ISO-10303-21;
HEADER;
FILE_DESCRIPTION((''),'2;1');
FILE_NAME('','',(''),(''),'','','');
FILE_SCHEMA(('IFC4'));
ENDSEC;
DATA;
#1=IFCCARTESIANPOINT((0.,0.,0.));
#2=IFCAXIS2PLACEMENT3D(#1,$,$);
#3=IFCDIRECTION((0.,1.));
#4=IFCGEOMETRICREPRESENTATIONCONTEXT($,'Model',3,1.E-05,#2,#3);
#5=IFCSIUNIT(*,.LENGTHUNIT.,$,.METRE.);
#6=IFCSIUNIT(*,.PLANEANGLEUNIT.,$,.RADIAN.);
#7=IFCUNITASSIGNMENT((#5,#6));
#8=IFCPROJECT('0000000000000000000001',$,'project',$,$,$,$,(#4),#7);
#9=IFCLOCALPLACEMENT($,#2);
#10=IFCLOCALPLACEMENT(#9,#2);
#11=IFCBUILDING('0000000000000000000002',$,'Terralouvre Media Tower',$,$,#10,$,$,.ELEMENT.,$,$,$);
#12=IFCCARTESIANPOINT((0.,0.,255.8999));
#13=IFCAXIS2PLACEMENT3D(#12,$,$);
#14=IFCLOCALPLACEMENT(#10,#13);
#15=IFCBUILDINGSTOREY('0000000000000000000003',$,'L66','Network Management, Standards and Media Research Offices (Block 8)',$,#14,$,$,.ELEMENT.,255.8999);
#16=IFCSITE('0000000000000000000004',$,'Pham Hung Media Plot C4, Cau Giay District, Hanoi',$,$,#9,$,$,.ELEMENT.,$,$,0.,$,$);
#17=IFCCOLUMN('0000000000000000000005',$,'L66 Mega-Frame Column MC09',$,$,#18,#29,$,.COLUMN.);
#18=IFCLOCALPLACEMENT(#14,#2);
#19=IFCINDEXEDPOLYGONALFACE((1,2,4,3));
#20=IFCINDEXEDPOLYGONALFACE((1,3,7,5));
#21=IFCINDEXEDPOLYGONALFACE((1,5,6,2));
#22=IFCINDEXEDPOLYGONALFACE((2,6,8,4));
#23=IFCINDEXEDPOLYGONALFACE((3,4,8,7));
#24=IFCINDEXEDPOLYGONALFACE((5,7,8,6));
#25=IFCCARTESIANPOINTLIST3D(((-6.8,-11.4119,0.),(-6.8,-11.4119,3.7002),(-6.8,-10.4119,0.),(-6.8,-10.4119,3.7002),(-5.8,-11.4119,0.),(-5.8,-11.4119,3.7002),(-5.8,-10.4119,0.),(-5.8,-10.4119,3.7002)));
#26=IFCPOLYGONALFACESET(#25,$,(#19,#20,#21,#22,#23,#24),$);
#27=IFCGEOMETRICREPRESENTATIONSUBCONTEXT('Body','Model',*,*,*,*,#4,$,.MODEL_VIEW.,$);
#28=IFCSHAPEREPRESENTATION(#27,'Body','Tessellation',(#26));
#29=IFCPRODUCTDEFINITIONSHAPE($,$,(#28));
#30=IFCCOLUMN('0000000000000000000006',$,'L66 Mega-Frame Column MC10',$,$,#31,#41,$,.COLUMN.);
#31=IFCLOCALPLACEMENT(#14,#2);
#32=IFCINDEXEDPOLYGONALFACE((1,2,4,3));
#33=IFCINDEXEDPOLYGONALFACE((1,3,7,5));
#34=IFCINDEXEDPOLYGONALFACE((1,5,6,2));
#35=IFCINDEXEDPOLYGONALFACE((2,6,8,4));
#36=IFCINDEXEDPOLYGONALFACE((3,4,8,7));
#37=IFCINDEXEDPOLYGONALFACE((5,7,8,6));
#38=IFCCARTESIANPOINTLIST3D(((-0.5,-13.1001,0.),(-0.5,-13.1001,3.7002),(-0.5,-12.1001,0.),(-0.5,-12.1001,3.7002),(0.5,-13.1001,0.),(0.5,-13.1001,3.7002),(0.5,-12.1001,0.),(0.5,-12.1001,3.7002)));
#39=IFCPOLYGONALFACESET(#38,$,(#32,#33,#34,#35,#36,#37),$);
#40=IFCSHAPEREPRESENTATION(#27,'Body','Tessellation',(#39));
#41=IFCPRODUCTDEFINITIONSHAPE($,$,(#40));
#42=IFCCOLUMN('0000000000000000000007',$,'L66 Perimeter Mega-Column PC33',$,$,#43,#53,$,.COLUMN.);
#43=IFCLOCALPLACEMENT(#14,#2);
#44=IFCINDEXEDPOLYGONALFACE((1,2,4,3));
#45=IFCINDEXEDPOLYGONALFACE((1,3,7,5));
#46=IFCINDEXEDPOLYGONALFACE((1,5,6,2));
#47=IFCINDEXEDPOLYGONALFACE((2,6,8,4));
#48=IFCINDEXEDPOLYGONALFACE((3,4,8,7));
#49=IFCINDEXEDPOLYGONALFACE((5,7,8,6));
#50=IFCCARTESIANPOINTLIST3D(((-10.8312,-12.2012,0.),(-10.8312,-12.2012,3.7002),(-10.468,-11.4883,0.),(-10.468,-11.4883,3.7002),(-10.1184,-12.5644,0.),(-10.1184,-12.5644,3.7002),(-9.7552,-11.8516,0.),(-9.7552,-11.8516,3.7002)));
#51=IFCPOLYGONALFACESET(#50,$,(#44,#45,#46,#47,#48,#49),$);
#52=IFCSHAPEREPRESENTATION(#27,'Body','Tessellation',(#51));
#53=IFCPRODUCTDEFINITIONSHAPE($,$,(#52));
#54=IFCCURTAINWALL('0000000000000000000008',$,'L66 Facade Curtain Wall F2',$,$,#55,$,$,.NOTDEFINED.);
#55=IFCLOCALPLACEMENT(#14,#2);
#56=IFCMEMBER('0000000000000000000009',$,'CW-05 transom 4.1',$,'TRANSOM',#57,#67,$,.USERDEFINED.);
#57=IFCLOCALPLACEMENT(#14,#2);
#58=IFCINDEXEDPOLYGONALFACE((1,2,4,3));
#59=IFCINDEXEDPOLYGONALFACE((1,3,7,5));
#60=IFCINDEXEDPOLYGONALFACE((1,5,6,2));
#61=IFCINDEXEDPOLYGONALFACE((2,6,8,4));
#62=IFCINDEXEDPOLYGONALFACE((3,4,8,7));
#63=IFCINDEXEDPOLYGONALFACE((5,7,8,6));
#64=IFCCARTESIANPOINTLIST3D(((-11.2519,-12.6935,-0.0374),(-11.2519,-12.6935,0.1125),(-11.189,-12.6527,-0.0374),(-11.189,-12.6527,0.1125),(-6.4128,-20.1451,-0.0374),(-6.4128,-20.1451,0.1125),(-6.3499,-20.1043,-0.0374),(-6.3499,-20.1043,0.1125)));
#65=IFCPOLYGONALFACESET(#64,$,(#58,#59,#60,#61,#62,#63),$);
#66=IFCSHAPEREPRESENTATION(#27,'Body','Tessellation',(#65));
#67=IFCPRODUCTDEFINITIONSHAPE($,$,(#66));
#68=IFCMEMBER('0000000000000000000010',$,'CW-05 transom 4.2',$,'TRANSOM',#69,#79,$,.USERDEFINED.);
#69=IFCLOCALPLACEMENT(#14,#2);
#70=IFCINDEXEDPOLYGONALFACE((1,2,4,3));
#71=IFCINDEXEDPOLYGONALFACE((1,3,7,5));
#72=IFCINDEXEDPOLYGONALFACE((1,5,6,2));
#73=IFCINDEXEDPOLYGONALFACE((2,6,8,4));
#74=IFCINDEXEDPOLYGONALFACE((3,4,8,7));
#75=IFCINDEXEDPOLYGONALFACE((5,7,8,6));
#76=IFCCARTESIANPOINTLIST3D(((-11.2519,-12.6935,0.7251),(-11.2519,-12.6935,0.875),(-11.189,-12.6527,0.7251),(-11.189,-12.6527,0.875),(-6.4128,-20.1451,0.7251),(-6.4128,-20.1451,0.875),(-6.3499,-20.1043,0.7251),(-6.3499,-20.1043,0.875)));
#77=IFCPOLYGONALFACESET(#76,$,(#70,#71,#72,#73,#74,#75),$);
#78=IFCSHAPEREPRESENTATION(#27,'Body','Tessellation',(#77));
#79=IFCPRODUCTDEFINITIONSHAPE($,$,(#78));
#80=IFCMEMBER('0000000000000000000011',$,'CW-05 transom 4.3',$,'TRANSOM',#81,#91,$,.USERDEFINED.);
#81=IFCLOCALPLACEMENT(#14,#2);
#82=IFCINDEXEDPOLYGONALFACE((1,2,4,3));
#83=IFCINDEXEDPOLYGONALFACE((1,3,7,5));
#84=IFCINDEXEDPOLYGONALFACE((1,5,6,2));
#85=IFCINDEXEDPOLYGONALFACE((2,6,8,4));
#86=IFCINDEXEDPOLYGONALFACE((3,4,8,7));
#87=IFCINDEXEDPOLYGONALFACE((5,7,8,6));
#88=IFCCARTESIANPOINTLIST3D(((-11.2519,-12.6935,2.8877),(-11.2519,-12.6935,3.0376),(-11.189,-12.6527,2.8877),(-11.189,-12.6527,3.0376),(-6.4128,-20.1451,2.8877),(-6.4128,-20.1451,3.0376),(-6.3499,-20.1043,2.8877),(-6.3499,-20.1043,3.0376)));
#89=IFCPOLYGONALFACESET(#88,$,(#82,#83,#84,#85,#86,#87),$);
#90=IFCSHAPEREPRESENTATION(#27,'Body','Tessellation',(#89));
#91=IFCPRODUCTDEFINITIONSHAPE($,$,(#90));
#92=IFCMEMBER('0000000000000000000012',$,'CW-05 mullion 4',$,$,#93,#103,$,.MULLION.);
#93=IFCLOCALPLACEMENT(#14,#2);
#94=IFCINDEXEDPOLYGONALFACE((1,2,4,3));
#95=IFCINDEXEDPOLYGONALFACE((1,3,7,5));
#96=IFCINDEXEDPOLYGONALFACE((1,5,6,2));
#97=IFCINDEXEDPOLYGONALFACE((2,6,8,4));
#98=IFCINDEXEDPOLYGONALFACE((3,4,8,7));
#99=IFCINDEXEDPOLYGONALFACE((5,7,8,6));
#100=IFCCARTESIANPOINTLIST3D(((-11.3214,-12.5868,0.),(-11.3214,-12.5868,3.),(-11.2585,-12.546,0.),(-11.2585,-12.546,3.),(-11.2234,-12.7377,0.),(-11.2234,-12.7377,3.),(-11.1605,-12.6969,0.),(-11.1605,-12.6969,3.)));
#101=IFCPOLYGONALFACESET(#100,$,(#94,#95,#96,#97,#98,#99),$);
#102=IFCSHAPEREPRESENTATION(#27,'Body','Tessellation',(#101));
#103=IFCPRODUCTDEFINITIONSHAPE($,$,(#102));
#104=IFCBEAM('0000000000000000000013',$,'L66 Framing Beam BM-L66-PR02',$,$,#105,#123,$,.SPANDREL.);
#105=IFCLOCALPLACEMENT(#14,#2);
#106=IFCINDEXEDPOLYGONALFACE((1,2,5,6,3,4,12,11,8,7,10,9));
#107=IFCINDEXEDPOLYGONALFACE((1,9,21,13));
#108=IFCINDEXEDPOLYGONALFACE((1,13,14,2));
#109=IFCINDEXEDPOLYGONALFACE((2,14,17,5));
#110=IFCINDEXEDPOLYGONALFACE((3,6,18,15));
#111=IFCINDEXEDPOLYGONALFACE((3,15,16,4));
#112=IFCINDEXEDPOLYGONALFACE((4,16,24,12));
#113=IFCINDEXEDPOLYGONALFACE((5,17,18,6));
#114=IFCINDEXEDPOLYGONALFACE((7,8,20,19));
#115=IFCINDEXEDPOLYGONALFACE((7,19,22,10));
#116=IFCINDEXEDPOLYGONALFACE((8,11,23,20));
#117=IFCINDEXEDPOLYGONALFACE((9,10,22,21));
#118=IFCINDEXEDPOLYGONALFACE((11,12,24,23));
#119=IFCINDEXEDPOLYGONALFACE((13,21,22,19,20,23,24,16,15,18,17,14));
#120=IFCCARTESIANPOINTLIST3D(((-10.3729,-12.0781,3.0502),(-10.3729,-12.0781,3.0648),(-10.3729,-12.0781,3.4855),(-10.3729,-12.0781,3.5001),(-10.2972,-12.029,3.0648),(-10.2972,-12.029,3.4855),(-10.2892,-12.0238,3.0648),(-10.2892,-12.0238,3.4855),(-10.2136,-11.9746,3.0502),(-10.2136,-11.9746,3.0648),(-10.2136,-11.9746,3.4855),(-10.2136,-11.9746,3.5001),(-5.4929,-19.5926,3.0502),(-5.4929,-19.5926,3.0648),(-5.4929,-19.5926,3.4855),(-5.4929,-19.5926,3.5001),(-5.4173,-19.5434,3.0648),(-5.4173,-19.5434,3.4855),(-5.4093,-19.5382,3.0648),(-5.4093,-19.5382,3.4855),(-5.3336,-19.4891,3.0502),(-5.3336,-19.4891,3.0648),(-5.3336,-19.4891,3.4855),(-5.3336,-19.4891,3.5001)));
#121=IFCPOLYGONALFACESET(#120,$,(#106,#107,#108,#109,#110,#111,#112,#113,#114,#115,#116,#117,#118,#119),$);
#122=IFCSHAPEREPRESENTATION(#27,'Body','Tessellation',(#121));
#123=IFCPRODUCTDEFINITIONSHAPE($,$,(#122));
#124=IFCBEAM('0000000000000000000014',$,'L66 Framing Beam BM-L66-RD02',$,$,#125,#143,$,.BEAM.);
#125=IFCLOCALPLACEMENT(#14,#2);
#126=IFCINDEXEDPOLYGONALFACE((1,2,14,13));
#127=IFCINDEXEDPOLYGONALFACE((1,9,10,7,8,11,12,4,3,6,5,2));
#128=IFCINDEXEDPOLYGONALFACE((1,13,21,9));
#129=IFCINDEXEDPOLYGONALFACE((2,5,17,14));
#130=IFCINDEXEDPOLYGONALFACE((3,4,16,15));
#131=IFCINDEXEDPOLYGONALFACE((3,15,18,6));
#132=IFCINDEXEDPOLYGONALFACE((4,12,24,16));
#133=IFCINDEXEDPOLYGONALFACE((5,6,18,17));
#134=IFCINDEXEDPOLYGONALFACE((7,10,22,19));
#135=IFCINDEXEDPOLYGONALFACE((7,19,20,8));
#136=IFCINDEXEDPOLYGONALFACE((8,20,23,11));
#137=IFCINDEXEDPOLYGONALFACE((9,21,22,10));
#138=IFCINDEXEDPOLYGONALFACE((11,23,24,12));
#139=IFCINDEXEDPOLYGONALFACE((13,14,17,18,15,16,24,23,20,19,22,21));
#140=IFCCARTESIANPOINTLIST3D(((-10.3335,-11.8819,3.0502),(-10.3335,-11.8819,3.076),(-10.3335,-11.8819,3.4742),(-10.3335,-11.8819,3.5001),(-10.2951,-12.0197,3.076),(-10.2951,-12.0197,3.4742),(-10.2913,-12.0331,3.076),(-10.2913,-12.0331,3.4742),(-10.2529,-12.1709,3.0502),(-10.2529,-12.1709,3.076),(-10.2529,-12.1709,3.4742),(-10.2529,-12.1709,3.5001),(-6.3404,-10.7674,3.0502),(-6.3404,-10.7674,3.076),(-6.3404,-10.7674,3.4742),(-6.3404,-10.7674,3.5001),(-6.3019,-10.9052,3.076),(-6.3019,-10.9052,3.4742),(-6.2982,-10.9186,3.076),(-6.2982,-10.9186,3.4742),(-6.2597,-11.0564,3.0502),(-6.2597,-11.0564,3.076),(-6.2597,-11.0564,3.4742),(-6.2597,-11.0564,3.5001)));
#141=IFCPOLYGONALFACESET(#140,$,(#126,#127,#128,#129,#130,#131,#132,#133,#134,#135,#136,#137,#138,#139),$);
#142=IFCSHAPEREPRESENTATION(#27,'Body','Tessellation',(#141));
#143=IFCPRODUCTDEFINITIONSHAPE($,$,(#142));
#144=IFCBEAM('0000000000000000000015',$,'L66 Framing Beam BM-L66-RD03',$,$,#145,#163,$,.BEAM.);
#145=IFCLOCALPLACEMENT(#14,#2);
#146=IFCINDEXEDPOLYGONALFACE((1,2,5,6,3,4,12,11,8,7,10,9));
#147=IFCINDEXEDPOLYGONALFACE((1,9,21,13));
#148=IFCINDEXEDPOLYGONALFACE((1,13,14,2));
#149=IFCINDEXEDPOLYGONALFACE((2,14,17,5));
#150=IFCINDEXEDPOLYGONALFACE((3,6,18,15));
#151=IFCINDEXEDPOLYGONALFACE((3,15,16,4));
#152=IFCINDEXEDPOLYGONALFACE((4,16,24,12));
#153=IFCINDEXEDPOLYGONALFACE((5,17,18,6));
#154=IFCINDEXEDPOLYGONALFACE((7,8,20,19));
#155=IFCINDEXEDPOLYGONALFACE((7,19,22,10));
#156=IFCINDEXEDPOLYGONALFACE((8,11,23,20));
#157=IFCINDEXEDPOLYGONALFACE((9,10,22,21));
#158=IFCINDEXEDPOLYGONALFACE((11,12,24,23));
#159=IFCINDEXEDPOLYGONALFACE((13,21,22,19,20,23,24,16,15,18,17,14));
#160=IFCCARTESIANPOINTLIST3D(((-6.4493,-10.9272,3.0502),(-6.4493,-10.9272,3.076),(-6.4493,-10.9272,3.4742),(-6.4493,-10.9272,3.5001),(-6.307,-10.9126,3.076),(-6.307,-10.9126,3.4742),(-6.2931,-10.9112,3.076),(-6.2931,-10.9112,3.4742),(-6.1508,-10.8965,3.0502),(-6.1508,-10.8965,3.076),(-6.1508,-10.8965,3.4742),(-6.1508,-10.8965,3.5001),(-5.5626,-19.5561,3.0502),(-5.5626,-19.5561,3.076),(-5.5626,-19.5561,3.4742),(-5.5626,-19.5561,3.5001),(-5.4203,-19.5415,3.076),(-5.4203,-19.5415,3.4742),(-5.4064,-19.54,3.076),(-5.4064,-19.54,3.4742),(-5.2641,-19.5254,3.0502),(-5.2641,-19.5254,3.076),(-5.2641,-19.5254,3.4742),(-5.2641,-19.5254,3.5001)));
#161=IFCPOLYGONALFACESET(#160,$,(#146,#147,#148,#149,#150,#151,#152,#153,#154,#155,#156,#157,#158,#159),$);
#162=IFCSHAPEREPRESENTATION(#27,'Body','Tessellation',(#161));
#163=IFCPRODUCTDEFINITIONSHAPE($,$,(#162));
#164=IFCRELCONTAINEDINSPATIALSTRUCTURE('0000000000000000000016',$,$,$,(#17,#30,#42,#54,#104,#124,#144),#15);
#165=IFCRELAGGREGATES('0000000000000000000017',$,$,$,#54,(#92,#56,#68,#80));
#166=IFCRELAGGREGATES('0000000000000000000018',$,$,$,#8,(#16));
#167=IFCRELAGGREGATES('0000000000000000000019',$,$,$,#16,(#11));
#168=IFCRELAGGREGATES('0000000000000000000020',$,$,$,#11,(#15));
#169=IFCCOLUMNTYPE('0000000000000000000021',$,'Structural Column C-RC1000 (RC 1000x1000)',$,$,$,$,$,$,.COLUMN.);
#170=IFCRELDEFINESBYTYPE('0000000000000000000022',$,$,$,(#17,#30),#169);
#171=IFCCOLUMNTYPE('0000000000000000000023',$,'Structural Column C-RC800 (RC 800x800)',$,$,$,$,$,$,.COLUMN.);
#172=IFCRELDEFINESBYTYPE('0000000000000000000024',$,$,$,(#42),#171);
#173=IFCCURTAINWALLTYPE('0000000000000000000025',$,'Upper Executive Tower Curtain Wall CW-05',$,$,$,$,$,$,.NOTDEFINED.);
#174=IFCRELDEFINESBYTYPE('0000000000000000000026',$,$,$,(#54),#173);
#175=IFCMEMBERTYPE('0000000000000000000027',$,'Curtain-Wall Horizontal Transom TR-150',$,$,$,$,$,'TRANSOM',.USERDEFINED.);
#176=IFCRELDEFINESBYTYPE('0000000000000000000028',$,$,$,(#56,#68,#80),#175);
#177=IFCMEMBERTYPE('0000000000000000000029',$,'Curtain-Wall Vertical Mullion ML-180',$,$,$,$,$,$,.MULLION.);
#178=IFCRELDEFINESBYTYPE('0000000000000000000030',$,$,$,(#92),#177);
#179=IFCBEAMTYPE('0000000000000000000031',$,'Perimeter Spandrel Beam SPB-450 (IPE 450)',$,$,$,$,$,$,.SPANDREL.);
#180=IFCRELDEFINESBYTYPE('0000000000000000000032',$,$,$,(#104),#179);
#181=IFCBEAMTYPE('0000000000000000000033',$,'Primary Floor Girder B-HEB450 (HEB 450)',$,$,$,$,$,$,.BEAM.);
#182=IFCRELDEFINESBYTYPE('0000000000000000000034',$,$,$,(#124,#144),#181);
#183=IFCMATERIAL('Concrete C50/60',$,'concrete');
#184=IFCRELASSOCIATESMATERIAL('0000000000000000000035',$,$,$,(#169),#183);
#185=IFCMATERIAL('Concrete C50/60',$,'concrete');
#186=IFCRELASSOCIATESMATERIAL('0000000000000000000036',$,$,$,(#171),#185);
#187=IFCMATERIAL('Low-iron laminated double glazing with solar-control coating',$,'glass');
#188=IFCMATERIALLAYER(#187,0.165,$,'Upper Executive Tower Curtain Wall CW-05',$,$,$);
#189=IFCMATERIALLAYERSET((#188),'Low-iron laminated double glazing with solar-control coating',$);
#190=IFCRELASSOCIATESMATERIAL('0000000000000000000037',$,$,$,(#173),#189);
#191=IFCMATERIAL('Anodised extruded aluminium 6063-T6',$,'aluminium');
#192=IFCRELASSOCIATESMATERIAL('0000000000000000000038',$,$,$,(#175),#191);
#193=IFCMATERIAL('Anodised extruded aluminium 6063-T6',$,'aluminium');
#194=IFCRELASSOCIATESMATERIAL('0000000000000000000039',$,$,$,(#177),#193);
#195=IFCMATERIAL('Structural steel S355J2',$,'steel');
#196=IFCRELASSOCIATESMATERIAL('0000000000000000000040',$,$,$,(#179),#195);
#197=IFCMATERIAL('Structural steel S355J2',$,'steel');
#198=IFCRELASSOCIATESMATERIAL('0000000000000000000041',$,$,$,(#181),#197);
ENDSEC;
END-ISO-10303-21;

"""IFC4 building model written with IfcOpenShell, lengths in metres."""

from ifc_helpers import new_model, si_unit, direction, frame, origin, origin_2d, place, context, subcontext, project, spatial, rectangle, i_section, extrude, material, layer, layer_set, material_profile, profile_set, type_object, element, aggregate, save


model = new_model("IFC4")

# Units and contexts
model_context = context("Model", 3, precision=1e-05, world=origin(), true_north=direction((0.0, 1.0)))
body_context = subcontext(model_context, "Body", "Model", "MODEL_VIEW")
ifc_project = project(units=[si_unit("LENGTHUNIT", "METRE"), si_unit("PLANEANGLEUNIT", "RADIAN")], contexts=[model_context])

# Site, building, storey
site_placement = place(None, origin())
site = spatial("IfcSite", under=ifc_project, at=site_placement, Name="Pham Hung Media Plot C4, Cau Giay District, Hanoi", CompositionType="ELEMENT", RefElevation=0.0)
building_placement = place(site_placement, origin())
building = spatial("IfcBuilding", under=site, at=building_placement, Name="Terralouvre Media Tower", CompositionType="ELEMENT")
storey_placement = place(building_placement, frame((0.0, 0.0, 255.8999)))
storey = spatial("IfcBuildingStorey", under=building, at=storey_placement, Name="L66", Description="Network Management, Standards and Media Research Offices (Block 8)", CompositionType="ELEMENT", Elevation=255.8999)

# Columns
ifc_material_1 = material(Name="Concrete C50/60", Category="concrete")
ifc_material_profile_1 = material_profile(ifc_material_1, rectangle(XDim=1.0, YDim=1.0, at=origin_2d()), Name="RC 1000x1000")
ifc_profile_set_1 = profile_set([ifc_material_profile_1], Name="Concrete C50/60")
column_type_1 = type_object("IfcColumnType", Name="Structural Column C-RC1000 (RC 1000x1000)", PredefinedType="COLUMN", material=ifc_profile_set_1)
for number, where, z_axis, x_axis, name in (
    (1, (-6.3, -10.9119, 0.0), (0.0, 0.0, 1.0), (1.0, 0.0, 0.0), "L66 Mega-Frame Column MC09"),
    (2, (0.0, -12.6001, 0.0), (0.0, 0.0, 1.0), (1.0, 0.0, 0.0), "L66 Mega-Frame Column MC10"),
):
    element("IfcColumn", number, at=place(storey_placement, frame(where, z_axis=z_axis, x_axis=x_axis)), inside=storey, type_object=column_type_1, Name=name, PredefinedType="COLUMN", context=body_context, shape_type="SweptSolid", body=[
        extrude(rectangle(XDim=1.0, YDim=1.0, at=origin_2d()), origin(), (0.0, 0.0, 1.0), 3.7002),
    ])
ifc_material_2 = material(Name="Concrete C50/60", Category="concrete")
ifc_material_profile_2 = material_profile(ifc_material_2, rectangle(XDim=0.8, YDim=0.8, at=origin_2d()), Name="RC 800x800")
ifc_profile_set_2 = profile_set([ifc_material_profile_2], Name="Concrete C50/60")
column_type_2 = type_object("IfcColumnType", Name="Structural Column C-RC800 (RC 800x800)", PredefinedType="COLUMN", material=ifc_profile_set_2)
column_placement = place(storey_placement, frame((-10.2932, -12.0264, 0.0), z_axis=(0.0, 0.0, 1.0), x_axis=(0.45399, 0.891007, 0.0)))
element("IfcColumn", 3, at=column_placement, inside=storey, type_object=column_type_2, Name="L66 Perimeter Mega-Column PC33", PredefinedType="COLUMN", context=body_context, shape_type="SweptSolid", body=[
    extrude(rectangle(XDim=0.8, YDim=0.8, at=origin_2d()), origin(), (0.0, 0.0, 1.0), 3.7002),
])

# Curtain wall, members
ifc_material_3 = material(Name="Low-iron laminated double glazing with solar-control coating", Category="glass")
ifc_layer_1 = layer(ifc_material_3, 0.165, Name="Upper Executive Tower Curtain Wall CW-05")
ifc_layer_set_1 = layer_set([ifc_layer_1], Name="Low-iron laminated double glazing with solar-control coating")
curtain_wall_type = type_object("IfcCurtainWallType", Name="Upper Executive Tower Curtain Wall CW-05", PredefinedType="NOTDEFINED", material=ifc_layer_set_1)
curtain_wall_placement = place(storey_placement, origin())
curtain_wall = element("IfcCurtainWall", 4, at=curtain_wall_placement, inside=storey, type_object=curtain_wall_type, Name="L66 Facade Curtain Wall F2", PredefinedType="NOTDEFINED")
ifc_material_4 = material(Name="Anodised extruded aluminium 6063-T6", Category="aluminium")
ifc_material_profile_3 = material_profile(ifc_material_4, rectangle(XDim=0.075, YDim=0.1499, at=origin_2d()), Name="ALU 75x150")
ifc_profile_set_3 = profile_set([ifc_material_profile_3], Name="Anodised extruded aluminium 6063-T6")
member_type_1 = type_object("IfcMemberType", Name="Curtain-Wall Horizontal Transom TR-150", ElementType="TRANSOM", PredefinedType="USERDEFINED", material=ifc_profile_set_3)
member_1_placement = place(storey_placement, frame((-11.2205, -12.6731, 0.0376), z_axis=(0.544635, -0.838673, 0.0), x_axis=(0.838673, 0.544635, 0.0)))
member_1 = element("IfcMember", 5, at=member_1_placement, type_object=member_type_1, Name="CW-05 transom 4.1", ObjectType="TRANSOM", PredefinedType="USERDEFINED", context=body_context, shape_type="SweptSolid", body=[
    extrude(rectangle(XDim=0.075, YDim=0.1499, at=origin_2d()), origin(), (0.0, 0.0, 1.0), 8.885),
])
member_2_placement = place(storey_placement, frame((-11.2205, -12.6731, 0.8), z_axis=(0.544635, -0.838673, 0.0), x_axis=(0.838673, 0.544635, 0.0)))
member_2 = element("IfcMember", 6, at=member_2_placement, type_object=member_type_1, Name="CW-05 transom 4.2", ObjectType="TRANSOM", PredefinedType="USERDEFINED", context=body_context, shape_type="SweptSolid", body=[
    extrude(rectangle(XDim=0.075, YDim=0.1499, at=origin_2d()), origin(), (0.0, 0.0, 1.0), 8.885),
])
member_3_placement = place(storey_placement, frame((-11.2205, -12.6731, 2.9626), z_axis=(0.544635, -0.838673, 0.0), x_axis=(0.838673, 0.544635, 0.0)))
member_3 = element("IfcMember", 7, at=member_3_placement, type_object=member_type_1, Name="CW-05 transom 4.3", ObjectType="TRANSOM", PredefinedType="USERDEFINED", context=body_context, shape_type="SweptSolid", body=[
    extrude(rectangle(XDim=0.075, YDim=0.1499, at=origin_2d()), origin(), (0.0, 0.0, 1.0), 8.885),
])
ifc_material_5 = material(Name="Anodised extruded aluminium 6063-T6", Category="aluminium")
ifc_material_profile_4 = material_profile(ifc_material_5, rectangle(XDim=0.075, YDim=0.1799, at=origin_2d()), Name="ALU 75x180")
ifc_profile_set_4 = profile_set([ifc_material_profile_4], Name="Anodised extruded aluminium 6063-T6")
member_type_2 = type_object("IfcMemberType", Name="Curtain-Wall Vertical Mullion ML-180", PredefinedType="MULLION", material=ifc_profile_set_4)
member_4_placement = place(storey_placement, frame((-11.241, -12.6418, 0.0), z_axis=(0.0, 0.0, 1.0), x_axis=(0.838671, 0.544639, 0.0)))
member_4 = element("IfcMember", 8, at=member_4_placement, type_object=member_type_2, Name="CW-05 mullion 4", PredefinedType="MULLION", context=body_context, shape_type="SweptSolid", body=[
    extrude(rectangle(XDim=0.075, YDim=0.1799, at=origin_2d()), origin(), (0.0, 0.0, 1.0), 3.0),
])
aggregate(curtain_wall, [member_4, member_1, member_2, member_3])

# Beams
ifc_material_6 = material(Name="Structural steel S355J2", Category="steel")
ifc_material_profile_5 = material_profile(ifc_material_6, i_section(OverallWidth=0.1899, OverallDepth=0.45, WebThickness=0.0095, FlangeThickness=0.0146, at=origin_2d()), Name="IPE 450")
ifc_profile_set_5 = profile_set([ifc_material_profile_5], Name="Structural steel S355J2")
beam_type_1 = type_object("IfcBeamType", Name="Perimeter Spandrel Beam SPB-450 (IPE 450)", PredefinedType="SPANDREL", material=ifc_profile_set_5)
beam_1_placement = place(storey_placement, frame((-10.2932, -12.0264, 3.2751), z_axis=(0.544637, -0.838672, 0.0), x_axis=(0.838672, 0.544637, 0.0)))
element("IfcBeam", 9, at=beam_1_placement, inside=storey, type_object=beam_type_1, Name="L66 Framing Beam BM-L66-PR02", PredefinedType="SPANDREL", context=body_context, shape_type="SweptSolid", body=[
    extrude(i_section(OverallWidth=0.1899, OverallDepth=0.45, WebThickness=0.0095, FlangeThickness=0.0146, at=origin_2d()), origin(), (0.0, 0.0, 1.0), 8.96),
])
ifc_material_7 = material(Name="Structural steel S355J2", Category="steel")
ifc_material_profile_6 = material_profile(ifc_material_7, i_section(OverallWidth=0.3, OverallDepth=0.45, WebThickness=0.0139, FlangeThickness=0.0259, at=origin_2d()), Name="HEB 450")
ifc_profile_set_6 = profile_set([ifc_material_profile_6], Name="Structural steel S355J2")
beam_type_2 = type_object("IfcBeamType", Name="Primary Floor Girder B-HEB450 (HEB 450)", PredefinedType="BEAM", material=ifc_profile_set_6)
beam_2_placement = place(storey_placement, frame((-6.3, -10.9119, 3.2751), z_axis=(-0.963188, -0.268828, 0.0), x_axis=(0.268828, -0.963188, 0.0)))
element("IfcBeam", 10, at=beam_2_placement, inside=storey, type_object=beam_type_2, Name="L66 Framing Beam BM-L66-RD02", PredefinedType="BEAM", context=body_context, shape_type="SweptSolid", body=[
    extrude(i_section(OverallWidth=0.3, OverallDepth=0.45, WebThickness=0.0139, FlangeThickness=0.0259, at=origin_2d()), origin(), (0.0, 0.0, 1.0), 4.1458),
])
beam_3_placement = place(storey_placement, frame((-6.3, -10.9119, 3.2751), z_axis=(0.102223, -0.994761, 0.0), x_axis=(0.994761, 0.102223, 0.0)))
element("IfcBeam", 11, at=beam_3_placement, inside=storey, type_object=beam_type_2, Name="L66 Framing Beam BM-L66-RD03", PredefinedType="BEAM", context=body_context, shape_type="SweptSolid", body=[
    extrude(i_section(OverallWidth=0.3, OverallDepth=0.45, WebThickness=0.0139, FlangeThickness=0.0259, at=origin_2d()), origin(), (0.0, 0.0, 1.0), 8.6743),
])

save(model, "model.ifc")
